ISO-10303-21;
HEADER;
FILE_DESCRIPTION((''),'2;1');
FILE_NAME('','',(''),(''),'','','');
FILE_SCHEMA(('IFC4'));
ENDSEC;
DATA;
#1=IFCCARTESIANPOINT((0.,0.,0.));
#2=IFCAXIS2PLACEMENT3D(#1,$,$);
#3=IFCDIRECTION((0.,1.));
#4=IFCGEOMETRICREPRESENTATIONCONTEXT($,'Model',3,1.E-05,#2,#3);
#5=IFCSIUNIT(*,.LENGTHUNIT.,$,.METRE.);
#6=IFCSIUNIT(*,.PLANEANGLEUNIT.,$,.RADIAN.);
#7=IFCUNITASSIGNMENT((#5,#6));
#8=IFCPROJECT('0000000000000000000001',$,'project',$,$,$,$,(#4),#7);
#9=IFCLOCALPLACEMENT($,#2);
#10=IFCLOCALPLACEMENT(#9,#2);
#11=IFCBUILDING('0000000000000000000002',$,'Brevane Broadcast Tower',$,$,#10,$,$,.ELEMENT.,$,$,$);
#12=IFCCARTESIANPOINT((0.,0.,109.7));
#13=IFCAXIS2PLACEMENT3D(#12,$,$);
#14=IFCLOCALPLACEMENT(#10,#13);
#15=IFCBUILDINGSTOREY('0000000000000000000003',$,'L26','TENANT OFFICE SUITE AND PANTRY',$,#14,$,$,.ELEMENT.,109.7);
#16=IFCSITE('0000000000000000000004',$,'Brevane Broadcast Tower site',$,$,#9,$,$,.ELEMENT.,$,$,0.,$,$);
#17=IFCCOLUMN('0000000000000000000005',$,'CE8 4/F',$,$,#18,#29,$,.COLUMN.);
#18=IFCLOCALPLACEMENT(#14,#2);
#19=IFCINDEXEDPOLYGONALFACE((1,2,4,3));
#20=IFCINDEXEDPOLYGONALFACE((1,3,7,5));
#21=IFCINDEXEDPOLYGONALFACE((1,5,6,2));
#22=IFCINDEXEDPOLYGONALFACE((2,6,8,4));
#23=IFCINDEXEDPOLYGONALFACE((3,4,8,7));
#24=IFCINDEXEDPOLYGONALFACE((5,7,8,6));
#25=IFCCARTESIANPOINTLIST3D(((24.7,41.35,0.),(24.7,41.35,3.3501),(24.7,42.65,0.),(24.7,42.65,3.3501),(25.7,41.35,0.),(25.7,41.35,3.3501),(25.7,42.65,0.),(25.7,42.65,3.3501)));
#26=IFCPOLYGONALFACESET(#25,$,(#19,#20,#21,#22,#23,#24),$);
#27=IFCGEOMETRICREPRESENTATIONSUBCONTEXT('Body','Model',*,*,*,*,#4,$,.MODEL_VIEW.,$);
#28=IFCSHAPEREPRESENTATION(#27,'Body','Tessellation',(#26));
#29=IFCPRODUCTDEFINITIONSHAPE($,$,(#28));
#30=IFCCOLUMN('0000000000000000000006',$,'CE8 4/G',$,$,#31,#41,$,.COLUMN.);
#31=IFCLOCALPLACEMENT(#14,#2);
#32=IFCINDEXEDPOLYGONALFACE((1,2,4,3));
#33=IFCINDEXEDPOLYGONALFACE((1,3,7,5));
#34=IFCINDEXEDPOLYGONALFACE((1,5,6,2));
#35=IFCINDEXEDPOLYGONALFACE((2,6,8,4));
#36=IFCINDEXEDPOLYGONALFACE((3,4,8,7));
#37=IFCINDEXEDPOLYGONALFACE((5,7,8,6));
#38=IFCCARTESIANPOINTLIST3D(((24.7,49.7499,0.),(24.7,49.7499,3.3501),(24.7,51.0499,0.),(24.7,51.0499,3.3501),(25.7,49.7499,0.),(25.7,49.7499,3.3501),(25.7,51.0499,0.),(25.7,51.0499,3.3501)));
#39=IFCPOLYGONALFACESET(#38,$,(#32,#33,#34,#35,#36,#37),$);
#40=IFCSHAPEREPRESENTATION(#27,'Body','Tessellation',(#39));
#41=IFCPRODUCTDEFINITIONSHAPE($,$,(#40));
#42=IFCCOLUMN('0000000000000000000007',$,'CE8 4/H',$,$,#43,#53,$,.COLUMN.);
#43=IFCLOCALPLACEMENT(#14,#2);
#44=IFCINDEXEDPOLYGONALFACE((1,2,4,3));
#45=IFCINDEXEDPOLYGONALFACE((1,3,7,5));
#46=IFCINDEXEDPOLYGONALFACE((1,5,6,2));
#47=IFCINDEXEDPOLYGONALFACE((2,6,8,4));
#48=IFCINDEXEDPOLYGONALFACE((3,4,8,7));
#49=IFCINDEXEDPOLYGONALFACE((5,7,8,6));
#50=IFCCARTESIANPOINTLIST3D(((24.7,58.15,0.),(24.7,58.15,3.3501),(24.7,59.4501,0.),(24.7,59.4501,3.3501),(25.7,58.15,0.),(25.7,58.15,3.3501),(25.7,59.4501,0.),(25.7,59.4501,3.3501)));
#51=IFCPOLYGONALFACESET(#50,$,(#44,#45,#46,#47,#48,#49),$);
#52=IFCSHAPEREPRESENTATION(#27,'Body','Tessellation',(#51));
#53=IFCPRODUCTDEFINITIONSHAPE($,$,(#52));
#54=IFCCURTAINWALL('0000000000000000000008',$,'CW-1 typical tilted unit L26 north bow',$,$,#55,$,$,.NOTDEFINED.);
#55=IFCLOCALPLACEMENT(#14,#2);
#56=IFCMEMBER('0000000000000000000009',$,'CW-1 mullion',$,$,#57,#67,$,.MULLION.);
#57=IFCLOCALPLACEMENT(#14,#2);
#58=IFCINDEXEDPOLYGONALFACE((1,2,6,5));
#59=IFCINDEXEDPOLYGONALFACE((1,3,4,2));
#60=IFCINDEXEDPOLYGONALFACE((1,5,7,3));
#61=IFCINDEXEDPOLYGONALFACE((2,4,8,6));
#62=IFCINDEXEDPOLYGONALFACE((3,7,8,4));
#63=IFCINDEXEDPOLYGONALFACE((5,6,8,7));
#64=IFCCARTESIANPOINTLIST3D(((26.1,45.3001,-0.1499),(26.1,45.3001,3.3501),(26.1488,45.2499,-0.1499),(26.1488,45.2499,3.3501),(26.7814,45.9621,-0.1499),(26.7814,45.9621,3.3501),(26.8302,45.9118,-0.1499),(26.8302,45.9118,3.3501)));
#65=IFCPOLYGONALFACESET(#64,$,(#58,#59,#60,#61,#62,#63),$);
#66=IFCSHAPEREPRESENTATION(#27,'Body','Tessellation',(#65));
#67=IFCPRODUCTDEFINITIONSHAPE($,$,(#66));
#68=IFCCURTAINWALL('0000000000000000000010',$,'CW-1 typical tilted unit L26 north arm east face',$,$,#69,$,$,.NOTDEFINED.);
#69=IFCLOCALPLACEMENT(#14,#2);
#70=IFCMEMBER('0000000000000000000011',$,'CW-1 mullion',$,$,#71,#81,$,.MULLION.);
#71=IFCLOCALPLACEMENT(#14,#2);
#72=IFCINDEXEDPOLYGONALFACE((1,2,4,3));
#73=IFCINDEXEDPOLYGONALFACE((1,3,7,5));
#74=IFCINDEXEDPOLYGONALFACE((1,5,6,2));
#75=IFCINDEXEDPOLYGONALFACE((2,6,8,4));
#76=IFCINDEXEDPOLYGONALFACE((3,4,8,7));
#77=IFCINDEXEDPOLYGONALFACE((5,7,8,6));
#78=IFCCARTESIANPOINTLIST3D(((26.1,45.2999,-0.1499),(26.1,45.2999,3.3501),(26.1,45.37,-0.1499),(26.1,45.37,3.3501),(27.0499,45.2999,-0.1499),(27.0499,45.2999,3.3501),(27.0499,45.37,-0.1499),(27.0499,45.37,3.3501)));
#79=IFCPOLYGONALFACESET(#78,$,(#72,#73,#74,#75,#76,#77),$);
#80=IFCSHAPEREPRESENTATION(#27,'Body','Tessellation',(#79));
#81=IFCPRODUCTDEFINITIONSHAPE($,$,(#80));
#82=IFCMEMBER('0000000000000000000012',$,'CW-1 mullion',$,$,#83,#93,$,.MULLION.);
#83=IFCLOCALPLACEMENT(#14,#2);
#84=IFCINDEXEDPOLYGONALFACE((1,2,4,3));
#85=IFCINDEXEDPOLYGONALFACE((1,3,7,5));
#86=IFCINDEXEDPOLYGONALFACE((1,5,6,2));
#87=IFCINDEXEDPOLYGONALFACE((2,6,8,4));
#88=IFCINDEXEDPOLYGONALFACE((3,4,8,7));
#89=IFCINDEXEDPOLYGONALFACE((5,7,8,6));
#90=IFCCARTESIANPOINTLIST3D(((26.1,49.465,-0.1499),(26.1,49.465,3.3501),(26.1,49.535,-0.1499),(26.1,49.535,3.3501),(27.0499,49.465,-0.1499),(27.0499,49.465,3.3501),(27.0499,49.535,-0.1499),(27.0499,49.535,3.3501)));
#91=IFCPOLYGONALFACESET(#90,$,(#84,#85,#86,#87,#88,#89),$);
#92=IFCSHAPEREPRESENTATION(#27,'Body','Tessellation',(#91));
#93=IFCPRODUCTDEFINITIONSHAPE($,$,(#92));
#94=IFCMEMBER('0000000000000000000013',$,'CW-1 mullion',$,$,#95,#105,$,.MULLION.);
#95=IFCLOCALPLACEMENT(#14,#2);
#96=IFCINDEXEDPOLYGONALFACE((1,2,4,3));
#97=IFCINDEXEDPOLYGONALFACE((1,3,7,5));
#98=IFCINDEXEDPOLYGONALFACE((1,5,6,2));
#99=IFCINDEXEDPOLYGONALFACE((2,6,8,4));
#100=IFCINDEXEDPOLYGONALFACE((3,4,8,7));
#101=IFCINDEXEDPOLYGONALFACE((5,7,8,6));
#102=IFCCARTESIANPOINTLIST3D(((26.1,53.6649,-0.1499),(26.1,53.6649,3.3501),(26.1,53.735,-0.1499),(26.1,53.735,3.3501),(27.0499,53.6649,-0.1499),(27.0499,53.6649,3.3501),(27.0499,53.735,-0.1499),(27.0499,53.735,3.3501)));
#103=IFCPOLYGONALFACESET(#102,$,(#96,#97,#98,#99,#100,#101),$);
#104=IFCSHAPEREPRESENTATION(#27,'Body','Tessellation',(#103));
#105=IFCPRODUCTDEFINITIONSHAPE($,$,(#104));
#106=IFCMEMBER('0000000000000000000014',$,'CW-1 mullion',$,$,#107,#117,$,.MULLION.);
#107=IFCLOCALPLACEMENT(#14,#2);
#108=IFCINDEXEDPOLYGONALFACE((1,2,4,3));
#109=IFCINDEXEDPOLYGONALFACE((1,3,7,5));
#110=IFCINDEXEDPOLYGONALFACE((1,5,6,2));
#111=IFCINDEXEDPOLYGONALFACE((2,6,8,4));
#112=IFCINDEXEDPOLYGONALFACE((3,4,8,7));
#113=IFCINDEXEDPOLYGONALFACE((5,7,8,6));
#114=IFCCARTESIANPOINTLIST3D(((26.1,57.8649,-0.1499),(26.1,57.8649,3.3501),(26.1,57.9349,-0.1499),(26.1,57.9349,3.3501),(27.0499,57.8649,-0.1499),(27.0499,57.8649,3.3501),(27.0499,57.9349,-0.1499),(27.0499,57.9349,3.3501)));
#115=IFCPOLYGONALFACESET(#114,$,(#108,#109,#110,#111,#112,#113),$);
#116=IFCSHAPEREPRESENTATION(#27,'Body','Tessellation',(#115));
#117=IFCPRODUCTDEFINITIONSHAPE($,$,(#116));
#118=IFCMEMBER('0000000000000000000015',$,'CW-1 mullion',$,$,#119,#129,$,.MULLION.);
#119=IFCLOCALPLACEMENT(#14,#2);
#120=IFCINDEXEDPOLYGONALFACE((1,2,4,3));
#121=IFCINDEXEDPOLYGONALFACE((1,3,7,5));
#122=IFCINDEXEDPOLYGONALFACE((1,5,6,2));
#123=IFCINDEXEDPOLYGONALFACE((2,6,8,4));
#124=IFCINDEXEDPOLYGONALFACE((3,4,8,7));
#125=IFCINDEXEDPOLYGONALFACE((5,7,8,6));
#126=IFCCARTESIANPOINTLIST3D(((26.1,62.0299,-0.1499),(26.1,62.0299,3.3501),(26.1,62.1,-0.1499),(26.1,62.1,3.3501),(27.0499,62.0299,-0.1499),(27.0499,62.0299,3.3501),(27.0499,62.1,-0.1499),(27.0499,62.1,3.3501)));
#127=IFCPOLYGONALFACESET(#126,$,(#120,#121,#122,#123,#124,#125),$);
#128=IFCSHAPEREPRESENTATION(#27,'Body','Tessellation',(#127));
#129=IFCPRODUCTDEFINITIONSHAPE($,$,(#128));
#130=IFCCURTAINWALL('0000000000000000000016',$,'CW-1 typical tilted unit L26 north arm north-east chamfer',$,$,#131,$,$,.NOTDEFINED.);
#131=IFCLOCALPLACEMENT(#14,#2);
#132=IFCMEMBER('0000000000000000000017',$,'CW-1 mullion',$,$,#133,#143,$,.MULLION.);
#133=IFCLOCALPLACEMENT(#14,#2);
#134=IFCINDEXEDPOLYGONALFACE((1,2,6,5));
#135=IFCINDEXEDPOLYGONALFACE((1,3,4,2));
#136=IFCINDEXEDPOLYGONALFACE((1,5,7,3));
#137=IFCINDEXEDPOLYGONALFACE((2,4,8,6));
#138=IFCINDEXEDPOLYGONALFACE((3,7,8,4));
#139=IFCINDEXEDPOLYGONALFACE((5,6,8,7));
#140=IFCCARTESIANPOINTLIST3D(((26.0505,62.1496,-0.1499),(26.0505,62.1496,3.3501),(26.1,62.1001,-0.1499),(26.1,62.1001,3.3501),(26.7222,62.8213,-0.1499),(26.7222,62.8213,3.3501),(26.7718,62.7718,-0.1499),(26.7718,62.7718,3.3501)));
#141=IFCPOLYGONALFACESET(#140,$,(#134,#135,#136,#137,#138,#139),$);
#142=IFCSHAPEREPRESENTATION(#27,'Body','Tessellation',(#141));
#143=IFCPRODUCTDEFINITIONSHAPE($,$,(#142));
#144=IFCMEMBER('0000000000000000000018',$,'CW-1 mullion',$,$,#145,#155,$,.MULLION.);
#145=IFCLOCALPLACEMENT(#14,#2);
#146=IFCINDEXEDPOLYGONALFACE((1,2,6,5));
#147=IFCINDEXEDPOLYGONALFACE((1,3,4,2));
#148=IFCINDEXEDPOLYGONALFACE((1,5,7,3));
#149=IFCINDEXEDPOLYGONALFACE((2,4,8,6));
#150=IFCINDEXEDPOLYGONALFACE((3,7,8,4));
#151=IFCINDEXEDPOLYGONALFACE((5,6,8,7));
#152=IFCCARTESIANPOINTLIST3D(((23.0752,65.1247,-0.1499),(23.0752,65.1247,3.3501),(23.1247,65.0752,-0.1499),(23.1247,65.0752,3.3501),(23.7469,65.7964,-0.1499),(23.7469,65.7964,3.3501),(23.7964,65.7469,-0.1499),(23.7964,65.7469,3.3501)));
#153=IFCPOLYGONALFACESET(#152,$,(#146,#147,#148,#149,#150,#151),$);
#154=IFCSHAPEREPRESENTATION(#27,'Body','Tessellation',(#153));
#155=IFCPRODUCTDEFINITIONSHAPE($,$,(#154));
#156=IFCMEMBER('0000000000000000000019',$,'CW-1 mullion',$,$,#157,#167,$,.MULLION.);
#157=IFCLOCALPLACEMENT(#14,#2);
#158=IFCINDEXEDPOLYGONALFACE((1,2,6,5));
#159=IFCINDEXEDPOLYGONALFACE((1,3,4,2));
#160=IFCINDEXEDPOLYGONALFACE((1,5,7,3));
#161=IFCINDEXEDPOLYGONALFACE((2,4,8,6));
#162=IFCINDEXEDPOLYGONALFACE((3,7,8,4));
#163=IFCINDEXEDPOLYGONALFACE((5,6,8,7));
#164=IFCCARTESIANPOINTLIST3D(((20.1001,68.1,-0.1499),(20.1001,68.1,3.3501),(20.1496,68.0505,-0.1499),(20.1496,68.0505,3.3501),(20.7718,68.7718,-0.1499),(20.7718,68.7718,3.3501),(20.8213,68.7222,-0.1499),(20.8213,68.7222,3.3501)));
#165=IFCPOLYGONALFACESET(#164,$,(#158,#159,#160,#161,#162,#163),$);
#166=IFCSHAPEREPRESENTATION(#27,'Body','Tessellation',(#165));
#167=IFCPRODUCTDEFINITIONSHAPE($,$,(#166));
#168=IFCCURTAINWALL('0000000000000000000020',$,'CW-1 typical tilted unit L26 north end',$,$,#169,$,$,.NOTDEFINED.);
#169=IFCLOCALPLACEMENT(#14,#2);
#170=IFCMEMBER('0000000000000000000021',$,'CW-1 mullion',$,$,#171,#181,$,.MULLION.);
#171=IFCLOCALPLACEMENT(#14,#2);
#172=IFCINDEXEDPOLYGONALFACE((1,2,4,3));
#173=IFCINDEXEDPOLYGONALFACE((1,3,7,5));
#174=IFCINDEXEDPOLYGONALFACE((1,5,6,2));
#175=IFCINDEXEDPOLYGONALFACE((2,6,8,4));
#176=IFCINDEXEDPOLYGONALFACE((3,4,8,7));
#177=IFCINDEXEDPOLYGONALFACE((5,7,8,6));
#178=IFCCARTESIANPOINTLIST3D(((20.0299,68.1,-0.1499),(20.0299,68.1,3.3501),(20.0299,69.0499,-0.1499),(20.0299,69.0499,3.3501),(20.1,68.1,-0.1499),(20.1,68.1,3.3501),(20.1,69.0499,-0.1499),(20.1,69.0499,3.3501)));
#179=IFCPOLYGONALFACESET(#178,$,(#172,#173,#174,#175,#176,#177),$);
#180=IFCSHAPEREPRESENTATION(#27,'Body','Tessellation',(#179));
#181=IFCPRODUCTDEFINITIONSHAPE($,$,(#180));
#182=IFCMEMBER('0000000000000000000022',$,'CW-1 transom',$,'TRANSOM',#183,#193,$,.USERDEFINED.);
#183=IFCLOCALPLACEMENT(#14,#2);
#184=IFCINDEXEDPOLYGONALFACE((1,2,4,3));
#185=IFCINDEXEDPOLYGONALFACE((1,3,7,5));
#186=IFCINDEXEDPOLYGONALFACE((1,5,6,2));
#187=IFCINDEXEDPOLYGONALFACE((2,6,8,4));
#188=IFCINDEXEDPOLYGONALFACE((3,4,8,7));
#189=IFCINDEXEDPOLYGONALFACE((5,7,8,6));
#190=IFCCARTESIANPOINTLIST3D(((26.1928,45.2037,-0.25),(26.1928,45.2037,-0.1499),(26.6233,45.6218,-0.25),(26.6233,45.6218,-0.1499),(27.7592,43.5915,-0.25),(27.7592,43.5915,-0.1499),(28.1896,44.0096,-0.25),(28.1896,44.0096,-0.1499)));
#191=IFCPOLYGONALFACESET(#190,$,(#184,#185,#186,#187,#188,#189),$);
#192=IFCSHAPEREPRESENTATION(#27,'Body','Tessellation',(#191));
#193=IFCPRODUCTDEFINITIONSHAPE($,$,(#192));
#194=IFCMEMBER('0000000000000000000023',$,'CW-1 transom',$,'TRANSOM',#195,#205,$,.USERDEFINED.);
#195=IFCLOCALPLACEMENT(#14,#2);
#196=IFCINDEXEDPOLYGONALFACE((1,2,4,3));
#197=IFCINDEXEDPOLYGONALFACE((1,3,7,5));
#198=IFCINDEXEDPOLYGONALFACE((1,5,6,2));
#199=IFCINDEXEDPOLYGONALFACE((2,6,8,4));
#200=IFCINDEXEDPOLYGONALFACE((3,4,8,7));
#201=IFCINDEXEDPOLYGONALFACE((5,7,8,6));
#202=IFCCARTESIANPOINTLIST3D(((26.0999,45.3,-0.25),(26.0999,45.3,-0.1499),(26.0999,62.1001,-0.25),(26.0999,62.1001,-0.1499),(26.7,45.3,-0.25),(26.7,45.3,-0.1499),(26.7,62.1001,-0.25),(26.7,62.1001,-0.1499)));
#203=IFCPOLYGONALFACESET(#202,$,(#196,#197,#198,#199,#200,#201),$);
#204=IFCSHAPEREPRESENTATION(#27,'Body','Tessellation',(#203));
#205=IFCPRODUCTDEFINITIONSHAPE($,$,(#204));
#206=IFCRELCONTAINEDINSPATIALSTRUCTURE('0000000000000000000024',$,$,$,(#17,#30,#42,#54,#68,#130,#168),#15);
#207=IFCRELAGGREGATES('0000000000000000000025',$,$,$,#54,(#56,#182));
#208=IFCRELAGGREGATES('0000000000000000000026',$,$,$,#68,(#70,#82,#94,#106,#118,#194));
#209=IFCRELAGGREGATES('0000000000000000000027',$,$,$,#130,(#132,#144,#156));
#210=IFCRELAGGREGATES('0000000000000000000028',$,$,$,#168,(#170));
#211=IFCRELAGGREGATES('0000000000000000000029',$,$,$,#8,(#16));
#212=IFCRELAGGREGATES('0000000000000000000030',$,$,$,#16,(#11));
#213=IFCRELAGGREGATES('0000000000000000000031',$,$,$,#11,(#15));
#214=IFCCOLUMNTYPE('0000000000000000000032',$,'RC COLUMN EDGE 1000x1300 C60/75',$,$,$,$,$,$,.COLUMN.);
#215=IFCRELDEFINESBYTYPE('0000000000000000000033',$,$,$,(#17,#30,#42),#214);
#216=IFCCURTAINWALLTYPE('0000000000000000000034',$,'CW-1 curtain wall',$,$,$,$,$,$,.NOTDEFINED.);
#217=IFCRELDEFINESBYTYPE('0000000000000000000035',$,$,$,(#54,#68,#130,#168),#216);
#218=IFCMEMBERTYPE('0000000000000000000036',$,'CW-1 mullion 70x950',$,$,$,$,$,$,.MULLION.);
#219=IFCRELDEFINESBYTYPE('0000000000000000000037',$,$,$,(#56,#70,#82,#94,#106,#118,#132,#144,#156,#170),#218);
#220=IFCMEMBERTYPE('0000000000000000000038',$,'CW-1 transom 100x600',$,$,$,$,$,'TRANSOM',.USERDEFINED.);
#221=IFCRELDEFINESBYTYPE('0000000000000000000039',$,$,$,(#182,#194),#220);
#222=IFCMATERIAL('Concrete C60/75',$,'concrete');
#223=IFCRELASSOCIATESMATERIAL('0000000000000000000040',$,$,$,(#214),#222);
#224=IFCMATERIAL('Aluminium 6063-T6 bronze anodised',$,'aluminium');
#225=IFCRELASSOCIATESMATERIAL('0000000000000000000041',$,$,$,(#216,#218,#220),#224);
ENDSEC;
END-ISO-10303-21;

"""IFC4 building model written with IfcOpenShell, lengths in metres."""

from ifc_helpers import new_model, si_unit, direction, frame, origin, origin_2d, place, context, subcontext, project, spatial, rectangle, extrude, material, material_profile, profile_set, type_object, element, aggregate, save


model = new_model("IFC4")

# Units and contexts
model_context = context("Model", 3, precision=1e-05, world=origin(), true_north=direction((0.0, 1.0)))
body_context = subcontext(model_context, "Body", "Model", "MODEL_VIEW")
ifc_project = project(units=[si_unit("LENGTHUNIT", "METRE"), si_unit("PLANEANGLEUNIT", "RADIAN")], contexts=[model_context])

# Site, building, storey
site_placement = place(None, origin())
site = spatial("IfcSite", under=ifc_project, at=site_placement, Name="Brevane Broadcast Tower site", CompositionType="ELEMENT", RefElevation=0.0)
building_placement = place(site_placement, origin())
building = spatial("IfcBuilding", under=site, at=building_placement, Name="Brevane Broadcast Tower", CompositionType="ELEMENT")
storey_placement = place(building_placement, frame((0.0, 0.0, 109.7)))
storey = spatial("IfcBuildingStorey", under=building, at=storey_placement, Name="L26", Description="TENANT OFFICE SUITE AND PANTRY", CompositionType="ELEMENT", Elevation=109.7)

# Columns
ifc_material_1 = material(Name="Concrete C60/75", Category="concrete")
ifc_material_profile_1 = material_profile(ifc_material_1, rectangle(XDim=1.0, YDim=1.3, at=origin_2d()), Name="RC 1000x1300")
ifc_profile_set_1 = profile_set([ifc_material_profile_1], Name="Concrete C60/75")
column_type = type_object("IfcColumnType", Name="RC COLUMN EDGE 1000x1300 C60/75", PredefinedType="COLUMN", material=ifc_profile_set_1)
for number, where, z_axis, x_axis, name in (
    (1, (25.2, 42.0, 0.0), (0.0, 0.0, 1.0), (1.0, 0.0, 0.0), "CE8 4/F"),
    (2, (25.2, 50.3999, 0.0), (0.0, 0.0, 1.0), (1.0, 0.0, 0.0), "CE8 4/G"),
    (3, (25.2, 58.8, 0.0), (0.0, 0.0, 1.0), (1.0, 0.0, 0.0), "CE8 4/H"),
):
    element("IfcColumn", number, at=place(storey_placement, frame(where, z_axis=z_axis, x_axis=x_axis)), inside=storey, type_object=column_type, Name=name, PredefinedType="COLUMN", context=body_context, shape_type="SweptSolid", body=[
        extrude(rectangle(XDim=1.0, YDim=1.3, at=origin_2d()), origin(), (0.0, 0.0, 1.0), 3.3501),
    ])

# Curtain wall, member
ifc_material_2 = material(Name="Aluminium 6063-T6 bronze anodised", Category="aluminium")
curtain_wall_type = type_object("IfcCurtainWallType", Name="CW-1 curtain wall", PredefinedType="NOTDEFINED", material=ifc_material_2)
curtain_wall_1_placement = place(storey_placement, origin())
curtain_wall_1 = element("IfcCurtainWall", 4, at=curtain_wall_1_placement, inside=storey, type_object=curtain_wall_type, Name="CW-1 typical tilted unit L26 north bow", PredefinedType="NOTDEFINED")
ifc_material_profile_2 = material_profile(ifc_material_2, rectangle(XDim=0.95, YDim=0.0701, at=origin_2d()), Name="RECT 70x950")
ifc_profile_set_2 = profile_set([ifc_material_profile_2], Name="Aluminium 6063-T6 bronze anodised")
member_type_1 = type_object("IfcMemberType", Name="CW-1 mullion 70x950", PredefinedType="MULLION", material=ifc_profile_set_2)
member_1_placement = place(storey_placement, frame((26.4651, 45.606, -0.1499), z_axis=(0.0, 0.0, 1.0), x_axis=(-0.717254, -0.696812, 0.0)))
member_1 = element("IfcMember", 5, at=member_1_placement, type_object=member_type_1, Name="CW-1 mullion", PredefinedType="MULLION", context=body_context, shape_type="SweptSolid", body=[
    extrude(rectangle(XDim=0.95, YDim=0.0701, at=origin_2d()), origin(), (0.0, 0.0, 1.0), 3.5),
])

# Curtain walls, members
curtain_wall_2_placement = place(storey_placement, origin())
curtain_wall_2 = element("IfcCurtainWall", 6, at=curtain_wall_2_placement, inside=storey, type_object=curtain_wall_type, Name="CW-1 typical tilted unit L26 north arm east face", PredefinedType="NOTDEFINED")
member_2_placement = place(storey_placement, frame((26.575, 45.335, -0.1499), z_axis=(0.0, 0.0, 1.0), x_axis=(-1.0, 0.0, 0.0)))
member_2 = element("IfcMember", 7, at=member_2_placement, type_object=member_type_1, Name="CW-1 mullion", PredefinedType="MULLION", context=body_context, shape_type="SweptSolid", body=[
    extrude(rectangle(XDim=0.95, YDim=0.0701, at=origin_2d()), origin(), (0.0, 0.0, 1.0), 3.5),
])
member_3_placement = place(storey_placement, frame((26.575, 49.5, -0.1499), z_axis=(0.0, 0.0, 1.0), x_axis=(-1.0, 0.0, 0.0)))
member_3 = element("IfcMember", 8, at=member_3_placement, type_object=member_type_1, Name="CW-1 mullion", PredefinedType="MULLION", context=body_context, shape_type="SweptSolid", body=[
    extrude(rectangle(XDim=0.95, YDim=0.0701, at=origin_2d()), origin(), (0.0, 0.0, 1.0), 3.5),
])
member_4_placement = place(storey_placement, frame((26.575, 53.7, -0.1499), z_axis=(0.0, 0.0, 1.0), x_axis=(-1.0, 0.0, 0.0)))
member_4 = element("IfcMember", 9, at=member_4_placement, type_object=member_type_1, Name="CW-1 mullion", PredefinedType="MULLION", context=body_context, shape_type="SweptSolid", body=[
    extrude(rectangle(XDim=0.95, YDim=0.0701, at=origin_2d()), origin(), (0.0, 0.0, 1.0), 3.5),
])
member_5_placement = place(storey_placement, frame((26.575, 57.8999, -0.1499), z_axis=(0.0, 0.0, 1.0), x_axis=(-1.0, 0.0, 0.0)))
member_5 = element("IfcMember", 10, at=member_5_placement, type_object=member_type_1, Name="CW-1 mullion", PredefinedType="MULLION", context=body_context, shape_type="SweptSolid", body=[
    extrude(rectangle(XDim=0.95, YDim=0.0701, at=origin_2d()), origin(), (0.0, 0.0, 1.0), 3.5),
])
member_6_placement = place(storey_placement, frame((26.575, 62.0649, -0.1499), z_axis=(0.0, 0.0, 1.0), x_axis=(-1.0, 0.0, 0.0)))
member_6 = element("IfcMember", 11, at=member_6_placement, type_object=member_type_1, Name="CW-1 mullion", PredefinedType="MULLION", context=body_context, shape_type="SweptSolid", body=[
    extrude(rectangle(XDim=0.95, YDim=0.0701, at=origin_2d()), origin(), (0.0, 0.0, 1.0), 3.5),
])
curtain_wall_3_placement = place(storey_placement, origin())
curtain_wall_3 = element("IfcCurtainWall", 12, at=curtain_wall_3_placement, inside=storey, type_object=curtain_wall_type, Name="CW-1 typical tilted unit L26 north arm north-east chamfer", PredefinedType="NOTDEFINED")
member_7_placement = place(storey_placement, frame((26.4111, 62.4607, -0.1499), z_axis=(0.0, 0.0, 1.0), x_axis=(-0.707107, -0.707107, 0.0)))
member_7 = element("IfcMember", 13, at=member_7_placement, type_object=member_type_1, Name="CW-1 mullion", PredefinedType="MULLION", context=body_context, shape_type="SweptSolid", body=[
    extrude(rectangle(XDim=0.95, YDim=0.0701, at=origin_2d()), origin(), (0.0, 0.0, 1.0), 3.5),
])
member_8_placement = place(storey_placement, frame((23.4358, 65.4358, -0.1499), z_axis=(0.0, 0.0, 1.0), x_axis=(-0.707107, -0.707107, 0.0)))
member_8 = element("IfcMember", 14, at=member_8_placement, type_object=member_type_1, Name="CW-1 mullion", PredefinedType="MULLION", context=body_context, shape_type="SweptSolid", body=[
    extrude(rectangle(XDim=0.95, YDim=0.0701, at=origin_2d()), origin(), (0.0, 0.0, 1.0), 3.5),
])
member_9_placement = place(storey_placement, frame((20.4607, 68.4111, -0.1499), z_axis=(0.0, 0.0, 1.0), x_axis=(-0.707107, -0.707107, 0.0)))
member_9 = element("IfcMember", 15, at=member_9_placement, type_object=member_type_1, Name="CW-1 mullion", PredefinedType="MULLION", context=body_context, shape_type="SweptSolid", body=[
    extrude(rectangle(XDim=0.95, YDim=0.0701, at=origin_2d()), origin(), (0.0, 0.0, 1.0), 3.5),
])

# Curtain wall, member
curtain_wall_4_placement = place(storey_placement, origin())
curtain_wall_4 = element("IfcCurtainWall", 16, at=curtain_wall_4_placement, inside=storey, type_object=curtain_wall_type, Name="CW-1 typical tilted unit L26 north end", PredefinedType="NOTDEFINED")
member_10_placement = place(storey_placement, frame((20.0649, 68.575, -0.1499), z_axis=(0.0, 0.0, 1.0), x_axis=(0.0, -1.0, 0.0)))
member_10 = element("IfcMember", 17, at=member_10_placement, type_object=member_type_1, Name="CW-1 mullion", PredefinedType="MULLION", context=body_context, shape_type="SweptSolid", body=[
    extrude(rectangle(XDim=0.95, YDim=0.0701, at=origin_2d()), origin(), (0.0, 0.0, 1.0), 3.5),
])

# Members
ifc_material_profile_3 = material_profile(ifc_material_2, rectangle(XDim=0.6001, YDim=0.1001, at=origin_2d()), Name="RECT 100x600")
ifc_profile_set_3 = profile_set([ifc_material_profile_3], Name="Aluminium 6063-T6 bronze anodised")
member_type_2 = type_object("IfcMemberType", Name="CW-1 transom 100x600", ElementType="TRANSOM", PredefinedType="USERDEFINED", material=ifc_profile_set_3)
member_11_placement = place(storey_placement, frame((27.9744, 43.8005, -0.2), z_axis=(-0.696824, 0.717242, 0.0), x_axis=(-0.717242, -0.696824, 0.0)))
member_11 = element("IfcMember", 18, at=member_11_placement, type_object=member_type_2, Name="CW-1 transom", ObjectType="TRANSOM", PredefinedType="USERDEFINED", context=body_context, shape_type="SweptSolid", body=[
    extrude(rectangle(XDim=0.6001, YDim=0.1001, at=origin_2d()), origin(), (0.0, 0.0, 1.0), 2.2478),
])
aggregate(curtain_wall_1, [member_1, member_11])
member_12_placement = place(storey_placement, frame((26.3999, 45.3, -0.2), z_axis=(0.0, 1.0, 0.0), x_axis=(-1.0, 0.0, 0.0)))
member_12 = element("IfcMember", 19, at=member_12_placement, type_object=member_type_2, Name="CW-1 transom", ObjectType="TRANSOM", PredefinedType="USERDEFINED", context=body_context, shape_type="SweptSolid", body=[
    extrude(rectangle(XDim=0.6001, YDim=0.1001, at=origin_2d()), origin(), (0.0, 0.0, 1.0), 16.8),
])
aggregate(curtain_wall_2, [member_2, member_3, member_4, member_5, member_6, member_12])
aggregate(curtain_wall_3, [member_7, member_8, member_9])
aggregate(curtain_wall_4, [member_10])

save(model, "model.ifc")
